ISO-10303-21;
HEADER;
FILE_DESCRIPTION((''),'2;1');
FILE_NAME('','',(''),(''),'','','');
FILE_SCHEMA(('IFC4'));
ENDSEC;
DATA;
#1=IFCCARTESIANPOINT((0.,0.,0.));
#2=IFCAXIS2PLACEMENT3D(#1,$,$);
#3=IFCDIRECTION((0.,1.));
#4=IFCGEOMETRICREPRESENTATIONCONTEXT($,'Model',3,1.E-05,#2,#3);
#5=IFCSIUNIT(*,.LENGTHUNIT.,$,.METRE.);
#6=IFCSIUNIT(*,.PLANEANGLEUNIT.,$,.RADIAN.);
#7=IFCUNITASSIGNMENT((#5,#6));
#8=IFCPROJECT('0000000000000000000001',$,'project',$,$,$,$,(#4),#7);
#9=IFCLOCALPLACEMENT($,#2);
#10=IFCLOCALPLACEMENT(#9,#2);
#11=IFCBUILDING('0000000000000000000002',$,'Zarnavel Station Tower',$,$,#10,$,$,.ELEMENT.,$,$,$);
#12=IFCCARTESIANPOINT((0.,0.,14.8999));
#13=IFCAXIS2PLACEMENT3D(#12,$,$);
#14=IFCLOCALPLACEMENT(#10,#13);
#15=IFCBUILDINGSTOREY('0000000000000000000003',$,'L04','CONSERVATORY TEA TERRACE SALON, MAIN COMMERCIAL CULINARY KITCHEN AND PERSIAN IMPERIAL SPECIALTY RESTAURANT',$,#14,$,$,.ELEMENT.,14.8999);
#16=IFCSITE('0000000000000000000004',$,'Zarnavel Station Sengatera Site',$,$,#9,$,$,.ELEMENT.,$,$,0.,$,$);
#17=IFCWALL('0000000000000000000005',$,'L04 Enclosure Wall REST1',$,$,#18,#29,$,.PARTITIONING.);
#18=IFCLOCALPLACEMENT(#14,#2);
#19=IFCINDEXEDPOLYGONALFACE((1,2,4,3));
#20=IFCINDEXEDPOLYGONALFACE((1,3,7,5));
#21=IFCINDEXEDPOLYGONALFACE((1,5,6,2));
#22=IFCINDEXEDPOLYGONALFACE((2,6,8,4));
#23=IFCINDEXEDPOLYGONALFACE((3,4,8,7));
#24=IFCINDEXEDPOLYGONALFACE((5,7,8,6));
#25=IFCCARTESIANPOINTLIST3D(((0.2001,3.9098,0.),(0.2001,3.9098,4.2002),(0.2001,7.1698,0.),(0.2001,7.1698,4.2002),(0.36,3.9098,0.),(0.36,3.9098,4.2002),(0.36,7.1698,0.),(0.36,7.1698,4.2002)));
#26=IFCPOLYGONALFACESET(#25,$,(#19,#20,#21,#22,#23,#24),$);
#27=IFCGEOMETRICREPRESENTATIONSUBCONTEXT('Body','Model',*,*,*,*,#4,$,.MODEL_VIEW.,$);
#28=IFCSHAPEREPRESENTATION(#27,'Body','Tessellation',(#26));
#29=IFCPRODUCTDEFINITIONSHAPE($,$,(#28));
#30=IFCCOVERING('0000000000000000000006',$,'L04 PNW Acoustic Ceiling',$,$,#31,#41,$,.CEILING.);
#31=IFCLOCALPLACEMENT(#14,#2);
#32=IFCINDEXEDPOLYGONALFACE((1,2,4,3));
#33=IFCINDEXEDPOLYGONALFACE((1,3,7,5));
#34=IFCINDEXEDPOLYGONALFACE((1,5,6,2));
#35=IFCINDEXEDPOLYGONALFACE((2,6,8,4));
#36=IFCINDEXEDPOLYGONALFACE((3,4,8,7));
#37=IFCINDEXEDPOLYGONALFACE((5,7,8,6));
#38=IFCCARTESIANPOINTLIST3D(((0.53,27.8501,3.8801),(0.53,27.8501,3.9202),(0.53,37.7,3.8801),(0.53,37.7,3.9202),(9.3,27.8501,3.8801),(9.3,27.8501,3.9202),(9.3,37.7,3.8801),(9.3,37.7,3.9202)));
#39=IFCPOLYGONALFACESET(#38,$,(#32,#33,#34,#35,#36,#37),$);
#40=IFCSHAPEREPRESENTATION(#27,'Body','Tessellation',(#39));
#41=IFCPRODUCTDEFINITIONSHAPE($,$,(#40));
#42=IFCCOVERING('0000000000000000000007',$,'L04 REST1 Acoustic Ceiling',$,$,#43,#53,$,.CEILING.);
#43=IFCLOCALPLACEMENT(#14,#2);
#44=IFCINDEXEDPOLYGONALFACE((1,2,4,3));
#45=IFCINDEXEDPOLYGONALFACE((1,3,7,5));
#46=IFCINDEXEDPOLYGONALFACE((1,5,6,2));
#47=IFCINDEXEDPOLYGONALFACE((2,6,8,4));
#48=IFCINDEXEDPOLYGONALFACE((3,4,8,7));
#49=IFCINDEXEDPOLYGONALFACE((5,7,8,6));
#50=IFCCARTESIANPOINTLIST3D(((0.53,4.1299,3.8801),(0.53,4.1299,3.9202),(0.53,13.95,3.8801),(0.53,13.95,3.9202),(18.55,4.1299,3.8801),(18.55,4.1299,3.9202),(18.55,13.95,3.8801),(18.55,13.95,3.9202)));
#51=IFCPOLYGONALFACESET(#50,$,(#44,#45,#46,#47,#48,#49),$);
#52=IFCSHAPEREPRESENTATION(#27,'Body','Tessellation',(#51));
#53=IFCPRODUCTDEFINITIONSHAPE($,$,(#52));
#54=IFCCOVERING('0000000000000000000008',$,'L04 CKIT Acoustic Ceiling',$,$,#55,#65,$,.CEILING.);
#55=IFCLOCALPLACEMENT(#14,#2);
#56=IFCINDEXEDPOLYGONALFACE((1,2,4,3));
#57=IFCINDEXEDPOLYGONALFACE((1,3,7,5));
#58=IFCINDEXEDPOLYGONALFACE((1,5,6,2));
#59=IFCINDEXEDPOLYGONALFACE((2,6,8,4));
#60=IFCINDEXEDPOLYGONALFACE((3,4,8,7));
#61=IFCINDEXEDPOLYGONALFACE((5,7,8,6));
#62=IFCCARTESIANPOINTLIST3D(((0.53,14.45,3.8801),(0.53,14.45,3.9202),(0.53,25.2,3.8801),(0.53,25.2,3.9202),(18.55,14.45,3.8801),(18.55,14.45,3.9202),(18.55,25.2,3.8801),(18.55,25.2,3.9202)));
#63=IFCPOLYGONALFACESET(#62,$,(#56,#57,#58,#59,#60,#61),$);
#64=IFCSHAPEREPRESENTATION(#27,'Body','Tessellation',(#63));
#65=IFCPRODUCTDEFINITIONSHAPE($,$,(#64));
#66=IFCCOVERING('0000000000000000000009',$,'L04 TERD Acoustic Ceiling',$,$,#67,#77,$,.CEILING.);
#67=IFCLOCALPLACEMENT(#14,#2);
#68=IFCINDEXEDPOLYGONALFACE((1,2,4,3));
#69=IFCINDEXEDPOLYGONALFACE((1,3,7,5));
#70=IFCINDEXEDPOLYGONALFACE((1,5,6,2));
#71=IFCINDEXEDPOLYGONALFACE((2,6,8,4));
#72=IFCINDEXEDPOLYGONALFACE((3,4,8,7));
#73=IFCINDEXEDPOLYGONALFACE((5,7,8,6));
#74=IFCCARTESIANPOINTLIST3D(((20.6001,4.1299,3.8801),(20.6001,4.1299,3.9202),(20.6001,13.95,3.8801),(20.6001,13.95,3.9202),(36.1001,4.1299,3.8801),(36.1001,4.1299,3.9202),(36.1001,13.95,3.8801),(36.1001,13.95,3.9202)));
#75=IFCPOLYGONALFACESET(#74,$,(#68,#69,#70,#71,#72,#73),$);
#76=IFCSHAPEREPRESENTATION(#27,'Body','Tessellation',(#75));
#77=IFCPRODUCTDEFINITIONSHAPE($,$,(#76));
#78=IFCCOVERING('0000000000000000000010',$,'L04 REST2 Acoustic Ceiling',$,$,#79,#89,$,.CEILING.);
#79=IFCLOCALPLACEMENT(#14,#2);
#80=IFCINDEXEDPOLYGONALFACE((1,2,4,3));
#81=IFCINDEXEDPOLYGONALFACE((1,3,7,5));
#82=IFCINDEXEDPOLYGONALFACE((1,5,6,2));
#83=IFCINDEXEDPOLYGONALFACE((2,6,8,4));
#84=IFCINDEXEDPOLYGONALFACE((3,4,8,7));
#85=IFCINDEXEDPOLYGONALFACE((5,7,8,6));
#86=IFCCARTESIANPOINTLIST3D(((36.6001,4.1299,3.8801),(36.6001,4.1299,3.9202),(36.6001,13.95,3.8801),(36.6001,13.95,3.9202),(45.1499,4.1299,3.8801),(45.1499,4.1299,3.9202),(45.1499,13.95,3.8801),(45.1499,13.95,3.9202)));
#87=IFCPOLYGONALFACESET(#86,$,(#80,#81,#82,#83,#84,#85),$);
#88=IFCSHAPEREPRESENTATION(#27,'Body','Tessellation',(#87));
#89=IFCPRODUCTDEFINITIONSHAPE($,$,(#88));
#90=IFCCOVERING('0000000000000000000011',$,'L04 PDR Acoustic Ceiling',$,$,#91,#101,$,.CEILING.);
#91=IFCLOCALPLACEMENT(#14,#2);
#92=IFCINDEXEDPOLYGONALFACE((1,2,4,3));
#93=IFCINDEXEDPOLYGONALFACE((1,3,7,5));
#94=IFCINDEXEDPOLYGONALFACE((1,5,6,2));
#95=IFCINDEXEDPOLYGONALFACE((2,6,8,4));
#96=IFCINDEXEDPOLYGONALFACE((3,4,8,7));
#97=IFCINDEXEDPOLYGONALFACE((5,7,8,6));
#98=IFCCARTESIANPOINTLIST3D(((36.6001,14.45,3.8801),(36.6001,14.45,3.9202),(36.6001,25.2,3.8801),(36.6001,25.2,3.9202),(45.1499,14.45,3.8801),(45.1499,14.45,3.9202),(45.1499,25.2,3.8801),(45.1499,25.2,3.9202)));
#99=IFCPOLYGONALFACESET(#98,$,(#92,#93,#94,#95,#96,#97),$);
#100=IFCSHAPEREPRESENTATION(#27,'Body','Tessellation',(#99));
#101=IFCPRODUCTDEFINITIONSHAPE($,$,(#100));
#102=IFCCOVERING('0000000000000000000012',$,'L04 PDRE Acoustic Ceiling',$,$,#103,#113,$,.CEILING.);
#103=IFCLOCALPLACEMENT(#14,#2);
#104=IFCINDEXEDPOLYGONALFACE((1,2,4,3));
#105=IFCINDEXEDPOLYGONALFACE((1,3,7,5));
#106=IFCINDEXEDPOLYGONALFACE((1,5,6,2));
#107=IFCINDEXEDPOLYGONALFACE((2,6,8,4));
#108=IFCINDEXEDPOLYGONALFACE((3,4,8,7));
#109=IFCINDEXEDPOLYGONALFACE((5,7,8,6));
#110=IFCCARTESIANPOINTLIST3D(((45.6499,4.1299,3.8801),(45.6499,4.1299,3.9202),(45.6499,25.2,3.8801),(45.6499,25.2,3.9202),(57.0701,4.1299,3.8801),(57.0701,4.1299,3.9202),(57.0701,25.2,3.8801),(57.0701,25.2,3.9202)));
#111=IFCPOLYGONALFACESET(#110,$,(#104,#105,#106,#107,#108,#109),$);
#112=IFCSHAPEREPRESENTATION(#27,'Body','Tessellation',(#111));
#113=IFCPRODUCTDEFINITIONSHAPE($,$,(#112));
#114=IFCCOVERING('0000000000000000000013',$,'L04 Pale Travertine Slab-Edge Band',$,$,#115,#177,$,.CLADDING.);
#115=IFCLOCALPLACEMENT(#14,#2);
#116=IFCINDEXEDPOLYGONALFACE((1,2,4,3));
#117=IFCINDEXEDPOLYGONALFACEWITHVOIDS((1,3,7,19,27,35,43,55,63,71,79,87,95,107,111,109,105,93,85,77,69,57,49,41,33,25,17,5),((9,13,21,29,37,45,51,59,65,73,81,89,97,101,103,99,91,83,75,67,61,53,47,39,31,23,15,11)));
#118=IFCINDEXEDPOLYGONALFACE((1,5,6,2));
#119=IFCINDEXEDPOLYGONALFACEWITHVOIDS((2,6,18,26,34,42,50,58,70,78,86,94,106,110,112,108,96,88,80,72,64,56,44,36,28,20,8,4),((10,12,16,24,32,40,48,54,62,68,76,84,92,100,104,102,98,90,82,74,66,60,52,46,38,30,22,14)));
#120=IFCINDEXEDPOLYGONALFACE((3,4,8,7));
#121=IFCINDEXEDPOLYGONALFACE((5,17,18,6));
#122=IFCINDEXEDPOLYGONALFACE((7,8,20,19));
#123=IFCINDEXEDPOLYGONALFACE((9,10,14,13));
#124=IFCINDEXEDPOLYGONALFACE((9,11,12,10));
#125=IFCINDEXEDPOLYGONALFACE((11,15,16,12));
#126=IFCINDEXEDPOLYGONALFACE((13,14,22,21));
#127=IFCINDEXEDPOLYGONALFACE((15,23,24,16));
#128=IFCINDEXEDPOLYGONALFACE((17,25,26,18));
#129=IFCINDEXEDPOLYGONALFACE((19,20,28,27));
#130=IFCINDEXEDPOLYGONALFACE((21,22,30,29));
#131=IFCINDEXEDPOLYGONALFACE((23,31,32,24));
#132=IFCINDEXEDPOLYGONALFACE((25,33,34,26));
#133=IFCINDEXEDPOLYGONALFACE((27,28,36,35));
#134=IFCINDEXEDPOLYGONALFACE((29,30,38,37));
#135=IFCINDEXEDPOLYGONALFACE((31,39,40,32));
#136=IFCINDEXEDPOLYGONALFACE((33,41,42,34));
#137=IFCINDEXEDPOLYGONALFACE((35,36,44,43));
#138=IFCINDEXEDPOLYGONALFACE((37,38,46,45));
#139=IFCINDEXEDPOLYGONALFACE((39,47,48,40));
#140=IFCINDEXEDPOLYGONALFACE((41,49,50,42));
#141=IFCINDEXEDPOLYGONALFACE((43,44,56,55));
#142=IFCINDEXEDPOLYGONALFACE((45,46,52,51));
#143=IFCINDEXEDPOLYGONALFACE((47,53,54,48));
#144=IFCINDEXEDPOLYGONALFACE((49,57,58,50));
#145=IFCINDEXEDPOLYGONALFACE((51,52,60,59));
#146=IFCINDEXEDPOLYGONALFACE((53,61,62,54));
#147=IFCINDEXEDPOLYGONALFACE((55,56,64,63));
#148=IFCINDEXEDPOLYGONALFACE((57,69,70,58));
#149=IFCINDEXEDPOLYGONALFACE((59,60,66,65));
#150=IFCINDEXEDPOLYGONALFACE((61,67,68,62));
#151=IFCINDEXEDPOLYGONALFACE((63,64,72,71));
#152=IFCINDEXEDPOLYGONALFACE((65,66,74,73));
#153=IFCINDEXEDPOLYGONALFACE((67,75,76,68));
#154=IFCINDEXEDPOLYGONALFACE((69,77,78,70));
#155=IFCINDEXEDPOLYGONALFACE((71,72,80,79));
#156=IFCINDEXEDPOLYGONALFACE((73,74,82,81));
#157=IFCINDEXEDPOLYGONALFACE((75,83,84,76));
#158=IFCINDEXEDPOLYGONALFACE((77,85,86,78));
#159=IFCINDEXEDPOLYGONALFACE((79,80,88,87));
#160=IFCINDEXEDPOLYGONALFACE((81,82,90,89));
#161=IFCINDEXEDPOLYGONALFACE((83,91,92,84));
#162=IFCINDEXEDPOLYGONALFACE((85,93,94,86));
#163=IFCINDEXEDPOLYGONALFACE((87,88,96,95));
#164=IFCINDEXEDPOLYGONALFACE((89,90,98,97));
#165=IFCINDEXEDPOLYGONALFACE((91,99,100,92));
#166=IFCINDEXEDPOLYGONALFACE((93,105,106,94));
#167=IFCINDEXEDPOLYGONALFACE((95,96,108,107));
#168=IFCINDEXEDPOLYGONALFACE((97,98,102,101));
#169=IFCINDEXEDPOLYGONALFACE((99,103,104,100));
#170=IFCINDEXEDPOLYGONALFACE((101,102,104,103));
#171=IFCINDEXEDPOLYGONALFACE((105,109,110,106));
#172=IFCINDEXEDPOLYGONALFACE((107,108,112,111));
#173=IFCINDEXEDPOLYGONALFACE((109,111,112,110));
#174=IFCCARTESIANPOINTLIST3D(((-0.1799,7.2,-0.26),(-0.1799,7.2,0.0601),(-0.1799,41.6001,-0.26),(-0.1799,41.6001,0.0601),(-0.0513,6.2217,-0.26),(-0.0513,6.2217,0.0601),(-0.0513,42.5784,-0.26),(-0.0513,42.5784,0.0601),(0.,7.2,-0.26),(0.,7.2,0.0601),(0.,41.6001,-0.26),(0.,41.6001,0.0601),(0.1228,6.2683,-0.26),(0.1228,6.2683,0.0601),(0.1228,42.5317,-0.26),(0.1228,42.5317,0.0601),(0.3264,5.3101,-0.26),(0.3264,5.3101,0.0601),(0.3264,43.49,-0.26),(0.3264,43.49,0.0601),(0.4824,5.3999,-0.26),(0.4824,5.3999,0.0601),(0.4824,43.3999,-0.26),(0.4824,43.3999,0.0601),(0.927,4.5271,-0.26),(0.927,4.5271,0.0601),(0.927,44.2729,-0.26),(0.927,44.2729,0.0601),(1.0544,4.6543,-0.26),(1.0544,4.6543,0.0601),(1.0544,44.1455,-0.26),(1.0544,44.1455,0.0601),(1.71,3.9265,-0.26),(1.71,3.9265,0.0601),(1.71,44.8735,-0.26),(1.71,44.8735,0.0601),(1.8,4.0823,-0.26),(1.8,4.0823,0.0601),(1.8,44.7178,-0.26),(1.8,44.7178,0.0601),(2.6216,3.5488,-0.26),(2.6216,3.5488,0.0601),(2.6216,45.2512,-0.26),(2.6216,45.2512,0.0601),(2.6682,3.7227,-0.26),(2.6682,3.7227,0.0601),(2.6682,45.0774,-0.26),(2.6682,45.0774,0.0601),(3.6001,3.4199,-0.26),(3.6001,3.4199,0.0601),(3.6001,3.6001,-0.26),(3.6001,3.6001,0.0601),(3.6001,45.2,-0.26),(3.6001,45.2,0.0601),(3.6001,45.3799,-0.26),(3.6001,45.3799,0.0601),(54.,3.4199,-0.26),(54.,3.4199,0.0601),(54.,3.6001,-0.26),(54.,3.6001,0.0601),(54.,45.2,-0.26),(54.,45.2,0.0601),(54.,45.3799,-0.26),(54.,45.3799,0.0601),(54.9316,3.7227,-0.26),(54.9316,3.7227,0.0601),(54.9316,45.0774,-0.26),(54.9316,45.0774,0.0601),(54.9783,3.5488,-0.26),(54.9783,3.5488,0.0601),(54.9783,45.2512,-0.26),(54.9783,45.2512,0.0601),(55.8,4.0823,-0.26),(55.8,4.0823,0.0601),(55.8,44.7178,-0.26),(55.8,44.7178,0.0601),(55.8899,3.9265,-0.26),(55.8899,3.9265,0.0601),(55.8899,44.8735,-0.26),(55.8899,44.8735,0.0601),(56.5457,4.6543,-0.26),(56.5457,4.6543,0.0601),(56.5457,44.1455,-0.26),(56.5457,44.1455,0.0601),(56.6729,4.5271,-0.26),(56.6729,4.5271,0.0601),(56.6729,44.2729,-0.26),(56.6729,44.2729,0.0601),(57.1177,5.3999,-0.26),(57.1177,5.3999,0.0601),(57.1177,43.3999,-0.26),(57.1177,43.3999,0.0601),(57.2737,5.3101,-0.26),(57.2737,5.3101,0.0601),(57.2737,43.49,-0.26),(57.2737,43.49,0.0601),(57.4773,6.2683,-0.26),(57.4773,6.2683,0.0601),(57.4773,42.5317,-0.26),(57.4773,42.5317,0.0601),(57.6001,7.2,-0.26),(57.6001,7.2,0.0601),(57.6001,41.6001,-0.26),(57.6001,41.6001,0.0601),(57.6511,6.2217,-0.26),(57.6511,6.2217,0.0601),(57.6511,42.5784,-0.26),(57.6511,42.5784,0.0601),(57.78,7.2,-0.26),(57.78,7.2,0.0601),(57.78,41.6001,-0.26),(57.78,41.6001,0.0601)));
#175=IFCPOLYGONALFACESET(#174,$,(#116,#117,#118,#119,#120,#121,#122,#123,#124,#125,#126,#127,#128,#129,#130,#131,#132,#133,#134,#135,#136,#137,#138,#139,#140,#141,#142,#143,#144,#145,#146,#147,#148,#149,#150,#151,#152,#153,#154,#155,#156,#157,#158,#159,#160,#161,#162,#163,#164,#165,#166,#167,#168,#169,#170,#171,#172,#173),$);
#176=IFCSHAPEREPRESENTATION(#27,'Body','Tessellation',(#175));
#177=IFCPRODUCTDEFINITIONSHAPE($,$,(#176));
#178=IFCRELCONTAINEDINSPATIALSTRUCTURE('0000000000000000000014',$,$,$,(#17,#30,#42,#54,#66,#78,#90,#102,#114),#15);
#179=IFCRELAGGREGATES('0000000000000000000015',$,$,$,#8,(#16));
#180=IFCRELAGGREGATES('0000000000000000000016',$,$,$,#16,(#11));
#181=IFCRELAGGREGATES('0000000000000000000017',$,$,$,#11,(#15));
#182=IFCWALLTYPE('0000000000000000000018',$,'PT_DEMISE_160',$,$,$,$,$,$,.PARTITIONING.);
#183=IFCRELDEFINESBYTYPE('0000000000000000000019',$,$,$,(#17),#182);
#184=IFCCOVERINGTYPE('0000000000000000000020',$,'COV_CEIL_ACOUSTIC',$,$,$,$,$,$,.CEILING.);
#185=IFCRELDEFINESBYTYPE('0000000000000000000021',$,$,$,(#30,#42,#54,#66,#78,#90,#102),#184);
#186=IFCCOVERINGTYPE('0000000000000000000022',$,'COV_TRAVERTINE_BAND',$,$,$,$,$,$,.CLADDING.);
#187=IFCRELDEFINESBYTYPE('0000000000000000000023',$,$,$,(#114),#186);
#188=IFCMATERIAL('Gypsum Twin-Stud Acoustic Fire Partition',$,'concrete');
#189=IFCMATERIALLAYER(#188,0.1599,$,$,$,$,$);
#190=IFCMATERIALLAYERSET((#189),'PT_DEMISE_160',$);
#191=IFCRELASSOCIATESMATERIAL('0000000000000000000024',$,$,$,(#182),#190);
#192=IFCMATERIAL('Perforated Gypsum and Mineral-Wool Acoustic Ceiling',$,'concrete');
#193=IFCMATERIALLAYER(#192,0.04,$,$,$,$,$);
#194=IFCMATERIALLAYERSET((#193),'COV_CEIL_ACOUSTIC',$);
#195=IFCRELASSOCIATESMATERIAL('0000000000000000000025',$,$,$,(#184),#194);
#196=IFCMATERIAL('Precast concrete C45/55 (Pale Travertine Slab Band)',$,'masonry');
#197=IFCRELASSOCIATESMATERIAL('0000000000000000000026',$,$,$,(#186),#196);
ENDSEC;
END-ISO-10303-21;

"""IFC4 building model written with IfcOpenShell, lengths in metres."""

from ifc_helpers import new_model, si_unit, direction, frame, frame_2d, origin, place, context, subcontext, project, spatial, polyline, rectangle, outline, extrude, material, layer, layer_set, type_object, element, save


model = new_model("IFC4")

# Units and contexts
model_context = context("Model", 3, precision=1e-05, world=origin(), true_north=direction((0.0, 1.0)))
body_context = subcontext(model_context, "Body", "Model", "MODEL_VIEW")
ifc_project = project(units=[si_unit("LENGTHUNIT", "METRE"), si_unit("PLANEANGLEUNIT", "RADIAN")], contexts=[model_context])

# Site, building, storey
site_placement = place(None, origin())
site = spatial("IfcSite", under=ifc_project, at=site_placement, Name="Zarnavel Station Sengatera Site", CompositionType="ELEMENT", RefElevation=0.0)
building_placement = place(site_placement, origin())
building = spatial("IfcBuilding", under=site, at=building_placement, Name="Zarnavel Station Tower", CompositionType="ELEMENT")
storey_placement = place(building_placement, frame((0.0, 0.0, 14.8999)))
storey = spatial("IfcBuildingStorey", under=building, at=storey_placement, Name="L04", Description="CONSERVATORY TEA TERRACE SALON, MAIN COMMERCIAL CULINARY KITCHEN AND PERSIAN IMPERIAL SPECIALTY RESTAURANT", CompositionType="ELEMENT", Elevation=14.8999)

# Wall
ifc_material_1 = material(Name="Gypsum Twin-Stud Acoustic Fire Partition", Category="concrete")
ifc_layer_1 = layer(ifc_material_1, 0.1599)
ifc_layer_set_1 = layer_set([ifc_layer_1], Name="PT_DEMISE_160")
wall_type_1 = type_object("IfcWallType", Name="PT_DEMISE_160", PredefinedType="PARTITIONING", material=ifc_layer_set_1)
for number, where, z_axis, x_axis, name in (
    (1, (0.28, 3.9099, 0.0), (0.0, 0.0, 1.0), (0.0, 1.0, 0.0), "L04 Enclosure Wall REST1"),
):
    element("IfcWall", number, at=place(storey_placement, frame(where, z_axis=z_axis, x_axis=x_axis)), inside=storey, type_object=wall_type_1, Name=name, PredefinedType="PARTITIONING", context=body_context, shape_type="SweptSolid", body=[
        extrude(rectangle(XDim=3.26, YDim=0.1599, at=frame_2d((1.6299, 0.0))), origin(), (0.0, 0.0, 1.0), 4.2002),
    ])

# Coverings
ifc_material_2 = material(Name="Perforated Gypsum and Mineral-Wool Acoustic Ceiling", Category="concrete")
ifc_layer_2 = layer(ifc_material_2, 0.04)
ifc_layer_set_2 = layer_set([ifc_layer_2], Name="COV_CEIL_ACOUSTIC")
covering_type_1 = type_object("IfcCoveringType", Name="COV_CEIL_ACOUSTIC", PredefinedType="CEILING", material=ifc_layer_set_2)
covering_1_placement = place(storey_placement, frame((0.0, 0.0, 3.8801)))
element("IfcCovering", 2, at=covering_1_placement, inside=storey, type_object=covering_type_1, Name="L04 PNW Acoustic Ceiling", PredefinedType="CEILING", context=body_context, shape_type="SweptSolid", body=[
    extrude(outline(polyline([(0.53, 27.8501), (9.3, 27.8501), (9.3, 37.7), (0.53, 37.7), (0.53, 27.8501)])), origin(), (0.0, 0.0, 1.0), 0.04),
])
covering_2_placement = place(storey_placement, frame((0.0, 0.0, 3.8801)))
element("IfcCovering", 3, at=covering_2_placement, inside=storey, type_object=covering_type_1, Name="L04 REST1 Acoustic Ceiling", PredefinedType="CEILING", context=body_context, shape_type="SweptSolid", body=[
    extrude(outline(polyline([(0.53, 4.1299), (18.55, 4.1299), (18.55, 13.95), (0.53, 13.95), (0.53, 4.1299)])), origin(), (0.0, 0.0, 1.0), 0.04),
])
covering_3_placement = place(storey_placement, frame((0.0, 0.0, 3.8801)))
element("IfcCovering", 4, at=covering_3_placement, inside=storey, type_object=covering_type_1, Name="L04 CKIT Acoustic Ceiling", PredefinedType="CEILING", context=body_context, shape_type="SweptSolid", body=[
    extrude(outline(polyline([(0.53, 14.45), (18.55, 14.45), (18.55, 25.2), (0.53, 25.2), (0.53, 14.45)])), origin(), (0.0, 0.0, 1.0), 0.04),
])
covering_4_placement = place(storey_placement, frame((0.0, 0.0, 3.8801)))
element("IfcCovering", 5, at=covering_4_placement, inside=storey, type_object=covering_type_1, Name="L04 TERD Acoustic Ceiling", PredefinedType="CEILING", context=body_context, shape_type="SweptSolid", body=[
    extrude(outline(polyline([(20.6001, 4.1299), (36.1001, 4.1299), (36.1001, 13.95), (20.6001, 13.95), (20.6001, 4.1299)])), origin(), (0.0, 0.0, 1.0), 0.04),
])
covering_5_placement = place(storey_placement, frame((0.0, 0.0, 3.8801)))
element("IfcCovering", 6, at=covering_5_placement, inside=storey, type_object=covering_type_1, Name="L04 REST2 Acoustic Ceiling", PredefinedType="CEILING", context=body_context, shape_type="SweptSolid", body=[
    extrude(outline(polyline([(36.6001, 4.1299), (45.1499, 4.1299), (45.1499, 13.95), (36.6001, 13.95), (36.6001, 4.1299)])), origin(), (0.0, 0.0, 1.0), 0.04),
])
covering_6_placement = place(storey_placement, frame((0.0, 0.0, 3.8801)))
element("IfcCovering", 7, at=covering_6_placement, inside=storey, type_object=covering_type_1, Name="L04 PDR Acoustic Ceiling", PredefinedType="CEILING", context=body_context, shape_type="SweptSolid", body=[
    extrude(outline(polyline([(36.6001, 14.45), (45.1499, 14.45), (45.1499, 25.2), (36.6001, 25.2), (36.6001, 14.45)])), origin(), (0.0, 0.0, 1.0), 0.04),
])
covering_7_placement = place(storey_placement, frame((0.0, 0.0, 3.8801)))
element("IfcCovering", 8, at=covering_7_placement, inside=storey, type_object=covering_type_1, Name="L04 PDRE Acoustic Ceiling", PredefinedType="CEILING", context=body_context, shape_type="SweptSolid", body=[
    extrude(outline(polyline([(45.6499, 4.1299), (57.0701, 4.1299), (57.0701, 25.2), (45.6499, 25.2), (45.6499, 4.1299)])), origin(), (0.0, 0.0, 1.0), 0.04),
])
ifc_material_3 = material(Name="Precast concrete C45/55 (Pale Travertine Slab Band)", Category="masonry")
covering_type_2 = type_object("IfcCoveringType", Name="COV_TRAVERTINE_BAND", PredefinedType="CLADDING", material=ifc_material_3)
covering_8_placement = place(storey_placement, frame((0.0, 0.0, -0.26)))
element("IfcCovering", 9, at=covering_8_placement, inside=storey, type_object=covering_type_2, Name="L04 Pale Travertine Slab-Edge Band", PredefinedType="CLADDING", context=body_context, shape_type="SweptSolid", body=[
    extrude(outline(polyline([(54.0, 3.4199), (54.9783, 3.5488), (55.8899, 3.9265), (56.6729, 4.5271), (57.2737, 5.3101), (57.6511, 6.2217), (57.78, 7.2), (57.78, 41.6001), (57.6511, 42.5784), (57.2737, 43.49), (56.6729, 44.2729), (55.8899, 44.8735), (54.9783, 45.2512), (54.0, 45.3799), (3.6001, 45.3799), (2.6216, 45.2512), (1.71, 44.8735), (0.927, 44.2729), (0.3264, 43.49), (-0.0513, 42.5784), (-0.1799, 41.6001), (-0.1799, 7.2), (-0.0513, 6.2217), (0.3264, 5.3101), (0.927, 4.5271), (1.71, 3.9265), (2.6216, 3.5488), (3.6001, 3.4199), (54.0, 3.4199)]), holes=[polyline([(54.0, 3.6001), (54.9316, 3.7227), (55.8, 4.0823), (56.5457, 4.6543), (57.1177, 5.3999), (57.4773, 6.2683), (57.6001, 7.2), (57.6001, 41.6001), (57.4773, 42.5317), (57.1177, 43.3999), (56.5457, 44.1455), (55.8, 44.7178), (54.9316, 45.0774), (54.0, 45.2), (3.6001, 45.2), (2.6682, 45.0774), (1.8, 44.7178), (1.0544, 44.1455), (0.4824, 43.3999), (0.1228, 42.5317), (0.0, 41.6001), (0.0, 7.2), (0.1228, 6.2683), (0.4824, 5.3999), (1.0544, 4.6543), (1.8, 4.0823), (2.6682, 3.7227), (3.6001, 3.6001), (54.0, 3.6001)])]), origin(), (0.0, 0.0, 1.0), 0.3201),
])

save(model, "model.ifc")
